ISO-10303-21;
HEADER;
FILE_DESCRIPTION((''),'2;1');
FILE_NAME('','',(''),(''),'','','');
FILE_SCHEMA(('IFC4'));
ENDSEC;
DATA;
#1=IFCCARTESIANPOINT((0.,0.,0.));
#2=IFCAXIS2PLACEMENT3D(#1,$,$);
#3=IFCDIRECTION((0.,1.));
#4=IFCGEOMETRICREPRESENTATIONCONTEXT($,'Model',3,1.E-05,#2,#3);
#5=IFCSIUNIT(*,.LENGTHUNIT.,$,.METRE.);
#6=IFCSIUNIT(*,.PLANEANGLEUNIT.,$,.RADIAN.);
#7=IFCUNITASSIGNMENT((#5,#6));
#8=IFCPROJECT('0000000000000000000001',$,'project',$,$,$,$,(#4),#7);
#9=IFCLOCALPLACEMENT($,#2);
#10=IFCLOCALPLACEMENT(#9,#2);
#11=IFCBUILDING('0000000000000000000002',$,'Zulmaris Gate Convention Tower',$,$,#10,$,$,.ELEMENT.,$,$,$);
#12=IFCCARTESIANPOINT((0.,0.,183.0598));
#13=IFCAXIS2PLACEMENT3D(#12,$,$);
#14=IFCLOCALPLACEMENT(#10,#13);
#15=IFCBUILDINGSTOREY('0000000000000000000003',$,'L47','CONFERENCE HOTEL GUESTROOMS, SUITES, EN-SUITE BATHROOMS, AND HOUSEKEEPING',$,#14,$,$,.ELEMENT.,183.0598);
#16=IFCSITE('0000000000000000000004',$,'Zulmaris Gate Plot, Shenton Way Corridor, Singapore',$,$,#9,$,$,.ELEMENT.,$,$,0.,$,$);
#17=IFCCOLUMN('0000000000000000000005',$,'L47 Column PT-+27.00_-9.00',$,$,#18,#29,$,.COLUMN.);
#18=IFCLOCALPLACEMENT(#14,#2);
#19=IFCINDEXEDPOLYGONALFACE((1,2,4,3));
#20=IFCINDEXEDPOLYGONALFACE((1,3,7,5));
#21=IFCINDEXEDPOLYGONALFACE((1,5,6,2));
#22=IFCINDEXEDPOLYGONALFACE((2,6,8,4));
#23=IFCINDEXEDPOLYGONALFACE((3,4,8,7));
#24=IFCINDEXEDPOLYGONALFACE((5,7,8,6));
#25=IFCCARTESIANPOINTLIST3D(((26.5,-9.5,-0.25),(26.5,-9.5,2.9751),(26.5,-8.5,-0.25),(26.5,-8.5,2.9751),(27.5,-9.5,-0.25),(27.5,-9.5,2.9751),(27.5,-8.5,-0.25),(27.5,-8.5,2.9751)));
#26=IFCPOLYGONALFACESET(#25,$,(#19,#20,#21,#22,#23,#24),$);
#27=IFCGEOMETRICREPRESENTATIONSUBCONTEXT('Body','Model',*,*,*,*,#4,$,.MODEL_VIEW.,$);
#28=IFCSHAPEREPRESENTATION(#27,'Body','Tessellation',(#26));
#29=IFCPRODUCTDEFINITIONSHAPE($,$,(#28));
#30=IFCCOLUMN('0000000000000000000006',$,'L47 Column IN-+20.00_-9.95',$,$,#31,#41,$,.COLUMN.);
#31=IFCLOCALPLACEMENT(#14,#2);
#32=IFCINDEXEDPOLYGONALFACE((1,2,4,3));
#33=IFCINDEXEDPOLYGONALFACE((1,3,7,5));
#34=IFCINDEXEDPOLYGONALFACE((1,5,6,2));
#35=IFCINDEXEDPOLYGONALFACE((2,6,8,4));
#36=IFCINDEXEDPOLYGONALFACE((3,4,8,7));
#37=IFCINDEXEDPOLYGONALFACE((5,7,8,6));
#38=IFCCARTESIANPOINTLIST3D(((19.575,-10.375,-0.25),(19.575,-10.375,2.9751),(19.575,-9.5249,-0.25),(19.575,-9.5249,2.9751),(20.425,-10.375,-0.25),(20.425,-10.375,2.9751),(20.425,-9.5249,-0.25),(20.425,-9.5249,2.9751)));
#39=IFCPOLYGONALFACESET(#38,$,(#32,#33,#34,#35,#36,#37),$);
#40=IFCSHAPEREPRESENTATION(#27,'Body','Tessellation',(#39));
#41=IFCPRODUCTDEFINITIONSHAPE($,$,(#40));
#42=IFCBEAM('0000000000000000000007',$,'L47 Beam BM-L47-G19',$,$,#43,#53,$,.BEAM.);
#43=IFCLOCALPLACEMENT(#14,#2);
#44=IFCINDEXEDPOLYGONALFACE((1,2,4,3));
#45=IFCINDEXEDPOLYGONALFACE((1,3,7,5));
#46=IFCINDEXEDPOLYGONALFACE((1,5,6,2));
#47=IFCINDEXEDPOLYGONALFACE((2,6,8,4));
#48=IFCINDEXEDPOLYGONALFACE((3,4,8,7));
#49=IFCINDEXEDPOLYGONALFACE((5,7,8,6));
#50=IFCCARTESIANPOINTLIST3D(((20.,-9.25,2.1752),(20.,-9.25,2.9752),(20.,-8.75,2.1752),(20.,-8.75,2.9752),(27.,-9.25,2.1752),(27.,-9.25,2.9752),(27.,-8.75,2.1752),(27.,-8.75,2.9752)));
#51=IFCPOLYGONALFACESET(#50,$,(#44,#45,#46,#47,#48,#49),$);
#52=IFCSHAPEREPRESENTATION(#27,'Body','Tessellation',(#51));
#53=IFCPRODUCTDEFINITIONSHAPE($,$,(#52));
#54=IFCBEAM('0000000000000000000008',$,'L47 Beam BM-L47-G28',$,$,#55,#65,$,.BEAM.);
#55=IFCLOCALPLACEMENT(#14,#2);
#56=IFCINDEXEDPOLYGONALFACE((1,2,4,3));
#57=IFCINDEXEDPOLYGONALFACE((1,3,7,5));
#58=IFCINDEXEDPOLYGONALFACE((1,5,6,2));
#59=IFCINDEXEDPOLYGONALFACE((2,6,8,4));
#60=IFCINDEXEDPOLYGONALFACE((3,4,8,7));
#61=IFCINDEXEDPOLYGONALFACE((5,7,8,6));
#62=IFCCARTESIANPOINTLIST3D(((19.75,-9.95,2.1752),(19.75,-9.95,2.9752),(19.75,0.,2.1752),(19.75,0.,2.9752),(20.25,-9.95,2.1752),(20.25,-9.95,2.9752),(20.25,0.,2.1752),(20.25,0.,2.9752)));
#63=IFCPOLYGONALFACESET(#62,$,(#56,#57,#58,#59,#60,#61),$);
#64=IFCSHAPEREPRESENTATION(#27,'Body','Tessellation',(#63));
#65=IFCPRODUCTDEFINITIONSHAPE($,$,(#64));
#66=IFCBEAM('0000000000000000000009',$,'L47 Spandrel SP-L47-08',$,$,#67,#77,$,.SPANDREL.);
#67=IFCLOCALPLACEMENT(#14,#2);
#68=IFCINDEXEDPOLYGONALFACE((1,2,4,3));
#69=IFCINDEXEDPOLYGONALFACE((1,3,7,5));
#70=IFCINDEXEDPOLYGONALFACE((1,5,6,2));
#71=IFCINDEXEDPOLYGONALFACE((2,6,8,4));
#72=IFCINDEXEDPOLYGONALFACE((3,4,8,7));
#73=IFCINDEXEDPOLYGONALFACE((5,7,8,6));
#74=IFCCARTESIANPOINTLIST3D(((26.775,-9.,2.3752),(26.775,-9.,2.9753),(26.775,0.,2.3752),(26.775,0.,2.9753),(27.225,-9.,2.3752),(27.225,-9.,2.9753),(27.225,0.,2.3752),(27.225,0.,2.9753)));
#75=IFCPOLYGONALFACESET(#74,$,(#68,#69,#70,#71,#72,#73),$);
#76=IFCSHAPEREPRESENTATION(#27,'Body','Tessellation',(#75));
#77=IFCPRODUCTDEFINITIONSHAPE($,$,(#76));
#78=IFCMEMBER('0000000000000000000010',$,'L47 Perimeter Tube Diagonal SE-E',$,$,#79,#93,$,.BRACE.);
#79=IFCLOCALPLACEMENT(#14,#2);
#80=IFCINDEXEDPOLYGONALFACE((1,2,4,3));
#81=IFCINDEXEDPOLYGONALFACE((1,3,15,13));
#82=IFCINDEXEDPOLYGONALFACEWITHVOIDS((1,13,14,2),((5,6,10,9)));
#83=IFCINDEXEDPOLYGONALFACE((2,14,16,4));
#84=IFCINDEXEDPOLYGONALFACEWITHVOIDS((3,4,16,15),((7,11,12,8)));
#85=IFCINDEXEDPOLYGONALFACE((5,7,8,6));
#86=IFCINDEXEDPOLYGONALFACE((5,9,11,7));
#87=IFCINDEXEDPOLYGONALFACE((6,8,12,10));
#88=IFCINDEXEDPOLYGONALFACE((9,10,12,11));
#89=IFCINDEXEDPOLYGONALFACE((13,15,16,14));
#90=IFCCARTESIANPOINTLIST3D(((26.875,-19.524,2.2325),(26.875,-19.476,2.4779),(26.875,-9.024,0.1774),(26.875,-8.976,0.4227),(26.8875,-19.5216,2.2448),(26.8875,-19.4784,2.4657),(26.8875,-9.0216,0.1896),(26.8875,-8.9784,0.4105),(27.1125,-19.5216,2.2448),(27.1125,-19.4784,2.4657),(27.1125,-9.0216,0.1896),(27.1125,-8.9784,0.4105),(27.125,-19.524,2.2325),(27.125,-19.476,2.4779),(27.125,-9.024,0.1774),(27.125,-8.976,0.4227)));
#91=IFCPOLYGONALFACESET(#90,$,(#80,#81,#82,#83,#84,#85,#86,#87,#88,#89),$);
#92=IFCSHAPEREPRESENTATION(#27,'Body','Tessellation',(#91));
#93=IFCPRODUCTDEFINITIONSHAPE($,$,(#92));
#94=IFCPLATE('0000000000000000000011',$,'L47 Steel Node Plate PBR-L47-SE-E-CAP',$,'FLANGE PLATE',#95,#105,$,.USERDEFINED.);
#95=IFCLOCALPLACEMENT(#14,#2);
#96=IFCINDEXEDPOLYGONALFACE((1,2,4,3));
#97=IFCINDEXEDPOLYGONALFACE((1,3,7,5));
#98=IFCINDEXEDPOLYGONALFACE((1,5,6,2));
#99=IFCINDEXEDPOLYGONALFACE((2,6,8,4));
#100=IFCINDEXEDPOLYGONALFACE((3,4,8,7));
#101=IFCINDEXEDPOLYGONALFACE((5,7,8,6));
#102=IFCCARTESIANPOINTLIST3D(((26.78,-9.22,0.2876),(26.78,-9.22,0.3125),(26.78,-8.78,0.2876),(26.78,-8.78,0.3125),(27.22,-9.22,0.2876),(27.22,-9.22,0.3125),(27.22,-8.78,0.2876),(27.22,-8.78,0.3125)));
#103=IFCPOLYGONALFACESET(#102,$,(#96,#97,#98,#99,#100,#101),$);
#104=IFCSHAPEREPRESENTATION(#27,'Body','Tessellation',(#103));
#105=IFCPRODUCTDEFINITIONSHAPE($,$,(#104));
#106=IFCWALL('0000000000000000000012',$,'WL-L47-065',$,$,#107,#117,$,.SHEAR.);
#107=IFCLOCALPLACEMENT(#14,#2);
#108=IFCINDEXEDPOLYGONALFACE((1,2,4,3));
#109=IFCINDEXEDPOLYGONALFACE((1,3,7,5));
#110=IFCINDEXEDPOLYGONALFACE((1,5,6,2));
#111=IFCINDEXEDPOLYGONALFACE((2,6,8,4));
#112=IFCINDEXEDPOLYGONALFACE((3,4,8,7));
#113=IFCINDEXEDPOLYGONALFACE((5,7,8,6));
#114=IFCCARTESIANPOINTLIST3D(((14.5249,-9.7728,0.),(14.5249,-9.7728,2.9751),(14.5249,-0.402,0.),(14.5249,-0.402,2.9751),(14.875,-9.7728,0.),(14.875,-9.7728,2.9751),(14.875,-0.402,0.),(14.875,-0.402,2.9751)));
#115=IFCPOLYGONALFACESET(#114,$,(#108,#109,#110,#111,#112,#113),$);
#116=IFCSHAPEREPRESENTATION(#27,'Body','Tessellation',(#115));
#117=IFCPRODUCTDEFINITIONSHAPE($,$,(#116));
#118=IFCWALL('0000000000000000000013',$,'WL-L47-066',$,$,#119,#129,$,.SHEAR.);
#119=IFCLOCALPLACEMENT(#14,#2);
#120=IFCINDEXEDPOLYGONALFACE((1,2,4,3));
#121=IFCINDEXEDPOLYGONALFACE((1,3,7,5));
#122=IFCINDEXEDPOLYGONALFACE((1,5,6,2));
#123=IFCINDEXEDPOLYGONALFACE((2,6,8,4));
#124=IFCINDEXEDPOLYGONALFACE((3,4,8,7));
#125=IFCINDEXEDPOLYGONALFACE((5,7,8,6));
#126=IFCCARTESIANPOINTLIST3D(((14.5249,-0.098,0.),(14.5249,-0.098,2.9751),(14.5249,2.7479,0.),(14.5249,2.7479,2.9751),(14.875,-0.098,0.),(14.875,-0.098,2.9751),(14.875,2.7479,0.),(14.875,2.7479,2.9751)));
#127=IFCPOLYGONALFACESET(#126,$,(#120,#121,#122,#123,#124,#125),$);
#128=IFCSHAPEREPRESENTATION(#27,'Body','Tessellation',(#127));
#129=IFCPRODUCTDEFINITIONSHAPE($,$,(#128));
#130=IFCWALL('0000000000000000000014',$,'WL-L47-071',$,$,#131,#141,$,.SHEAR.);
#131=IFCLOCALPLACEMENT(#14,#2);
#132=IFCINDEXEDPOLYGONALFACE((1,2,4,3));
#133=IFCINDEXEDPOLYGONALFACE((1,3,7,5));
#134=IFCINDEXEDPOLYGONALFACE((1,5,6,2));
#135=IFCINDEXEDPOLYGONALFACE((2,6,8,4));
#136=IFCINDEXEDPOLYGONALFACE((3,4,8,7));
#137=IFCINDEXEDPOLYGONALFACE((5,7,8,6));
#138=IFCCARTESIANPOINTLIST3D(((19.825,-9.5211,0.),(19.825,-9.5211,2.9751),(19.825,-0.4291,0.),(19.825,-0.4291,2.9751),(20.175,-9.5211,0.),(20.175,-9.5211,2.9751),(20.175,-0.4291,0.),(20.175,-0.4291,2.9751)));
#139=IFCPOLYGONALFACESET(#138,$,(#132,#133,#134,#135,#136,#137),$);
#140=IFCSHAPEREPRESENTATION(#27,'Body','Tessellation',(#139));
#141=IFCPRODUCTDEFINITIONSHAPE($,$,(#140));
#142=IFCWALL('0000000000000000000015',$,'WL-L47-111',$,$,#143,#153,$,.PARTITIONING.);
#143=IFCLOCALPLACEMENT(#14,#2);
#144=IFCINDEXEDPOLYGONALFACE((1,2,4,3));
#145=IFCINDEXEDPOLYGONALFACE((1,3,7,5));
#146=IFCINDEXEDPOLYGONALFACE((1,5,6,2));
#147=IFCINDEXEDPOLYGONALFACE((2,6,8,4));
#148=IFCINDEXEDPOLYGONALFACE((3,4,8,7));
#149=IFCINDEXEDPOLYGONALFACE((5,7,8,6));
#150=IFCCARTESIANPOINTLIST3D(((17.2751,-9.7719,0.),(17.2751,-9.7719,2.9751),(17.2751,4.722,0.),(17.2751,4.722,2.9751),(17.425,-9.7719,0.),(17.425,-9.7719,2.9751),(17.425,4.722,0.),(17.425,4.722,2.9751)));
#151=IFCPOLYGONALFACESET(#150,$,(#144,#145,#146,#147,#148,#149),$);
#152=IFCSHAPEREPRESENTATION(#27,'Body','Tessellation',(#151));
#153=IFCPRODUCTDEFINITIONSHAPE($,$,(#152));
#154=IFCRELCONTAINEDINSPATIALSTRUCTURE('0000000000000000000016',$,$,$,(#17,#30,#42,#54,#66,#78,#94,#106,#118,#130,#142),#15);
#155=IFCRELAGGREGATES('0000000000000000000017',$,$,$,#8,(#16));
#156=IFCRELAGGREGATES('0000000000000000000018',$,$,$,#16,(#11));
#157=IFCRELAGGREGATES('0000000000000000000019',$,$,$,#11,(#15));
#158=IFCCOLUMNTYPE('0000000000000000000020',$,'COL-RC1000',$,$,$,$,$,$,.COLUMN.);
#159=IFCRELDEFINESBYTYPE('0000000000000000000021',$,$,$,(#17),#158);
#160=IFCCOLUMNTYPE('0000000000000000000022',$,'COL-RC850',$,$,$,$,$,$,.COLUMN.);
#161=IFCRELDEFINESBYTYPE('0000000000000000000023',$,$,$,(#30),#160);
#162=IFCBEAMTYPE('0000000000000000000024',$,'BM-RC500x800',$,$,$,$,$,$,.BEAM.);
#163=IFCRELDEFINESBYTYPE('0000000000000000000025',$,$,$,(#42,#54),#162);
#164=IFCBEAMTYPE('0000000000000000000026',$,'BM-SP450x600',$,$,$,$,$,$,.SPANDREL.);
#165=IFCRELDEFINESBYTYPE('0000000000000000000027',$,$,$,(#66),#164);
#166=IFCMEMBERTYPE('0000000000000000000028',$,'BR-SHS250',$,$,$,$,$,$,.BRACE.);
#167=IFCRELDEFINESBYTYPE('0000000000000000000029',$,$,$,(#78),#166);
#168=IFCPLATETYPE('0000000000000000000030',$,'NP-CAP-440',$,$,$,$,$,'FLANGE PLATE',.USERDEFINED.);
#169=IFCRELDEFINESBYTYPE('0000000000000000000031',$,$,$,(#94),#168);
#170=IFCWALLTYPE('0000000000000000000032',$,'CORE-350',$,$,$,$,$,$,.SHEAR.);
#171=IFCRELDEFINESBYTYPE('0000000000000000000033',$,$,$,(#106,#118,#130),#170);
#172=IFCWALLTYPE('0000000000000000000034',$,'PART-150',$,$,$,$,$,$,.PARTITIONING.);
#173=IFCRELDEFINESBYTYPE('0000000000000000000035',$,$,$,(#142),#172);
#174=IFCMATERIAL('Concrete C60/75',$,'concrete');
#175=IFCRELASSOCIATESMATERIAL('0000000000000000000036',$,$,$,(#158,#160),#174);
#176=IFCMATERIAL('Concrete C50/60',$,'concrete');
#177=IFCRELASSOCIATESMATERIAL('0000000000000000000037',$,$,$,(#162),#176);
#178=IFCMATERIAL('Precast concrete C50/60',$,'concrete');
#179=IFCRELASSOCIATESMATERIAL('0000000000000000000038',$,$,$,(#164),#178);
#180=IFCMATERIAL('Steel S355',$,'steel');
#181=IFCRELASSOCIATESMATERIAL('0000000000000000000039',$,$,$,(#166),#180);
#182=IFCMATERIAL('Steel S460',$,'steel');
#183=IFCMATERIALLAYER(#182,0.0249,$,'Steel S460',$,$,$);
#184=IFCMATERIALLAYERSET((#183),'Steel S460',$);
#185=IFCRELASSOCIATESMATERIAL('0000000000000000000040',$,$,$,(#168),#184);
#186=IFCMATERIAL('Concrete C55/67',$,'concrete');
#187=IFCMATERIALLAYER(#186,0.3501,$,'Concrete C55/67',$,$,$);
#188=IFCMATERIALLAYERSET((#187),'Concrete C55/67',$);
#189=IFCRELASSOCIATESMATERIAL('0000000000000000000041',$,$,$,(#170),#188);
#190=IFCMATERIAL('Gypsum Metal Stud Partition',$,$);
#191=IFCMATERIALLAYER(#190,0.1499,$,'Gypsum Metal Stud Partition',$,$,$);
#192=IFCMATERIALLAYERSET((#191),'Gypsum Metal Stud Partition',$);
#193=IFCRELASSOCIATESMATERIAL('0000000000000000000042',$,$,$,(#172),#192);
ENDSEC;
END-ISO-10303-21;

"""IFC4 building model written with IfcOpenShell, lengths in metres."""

from ifc_helpers import new_model, si_unit, direction, frame, frame_2d, origin, origin_2d, place, context, subcontext, project, spatial, rectangle, hollow_rectangle, extrude, material, layer, layer_set, material_profile, profile_set, type_object, element, save


model = new_model("IFC4")

# Units and contexts
model_context = context("Model", 3, precision=1e-05, world=origin(), true_north=direction((0.0, 1.0)))
body_context = subcontext(model_context, "Body", "Model", "MODEL_VIEW")
ifc_project = project(units=[si_unit("LENGTHUNIT", "METRE"), si_unit("PLANEANGLEUNIT", "RADIAN")], contexts=[model_context])

# Site, building, storey
site_placement = place(None, origin())
site = spatial("IfcSite", under=ifc_project, at=site_placement, Name="Zulmaris Gate Plot, Shenton Way Corridor, Singapore", CompositionType="ELEMENT", RefElevation=0.0)
building_placement = place(site_placement, origin())
building = spatial("IfcBuilding", under=site, at=building_placement, Name="Zulmaris Gate Convention Tower", CompositionType="ELEMENT")
storey_placement = place(building_placement, frame((0.0, 0.0, 183.0598)))
storey = spatial("IfcBuildingStorey", under=building, at=storey_placement, Name="L47", Description="CONFERENCE HOTEL GUESTROOMS, SUITES, EN-SUITE BATHROOMS, AND HOUSEKEEPING", CompositionType="ELEMENT", Elevation=183.0598)

# Columns
ifc_material_1 = material(Name="Concrete C60/75", Category="concrete")
ifc_material_profile_1 = material_profile(ifc_material_1, rectangle(XDim=1.0, YDim=1.0, at=origin_2d()), Name="RC COL 1000x1000")
ifc_profile_set_1 = profile_set([ifc_material_profile_1], Name="Concrete C60/75")
column_type_1 = type_object("IfcColumnType", Name="COL-RC1000", PredefinedType="COLUMN", material=ifc_profile_set_1)
column_1_placement = place(storey_placement, frame((27.0, -9.0, -0.25), z_axis=(0.0, 0.0, 1.0), x_axis=(1.0, 0.0, 0.0)))
element("IfcColumn", 1, at=column_1_placement, inside=storey, type_object=column_type_1, Name="L47 Column PT-+27.00_-9.00", PredefinedType="COLUMN", context=body_context, shape_type="SweptSolid", body=[
    extrude(rectangle(XDim=1.0, YDim=1.0, at=origin_2d()), origin(), (0.0, 0.0, 1.0), 3.2251),
])
ifc_material_profile_2 = material_profile(ifc_material_1, rectangle(XDim=0.8501, YDim=0.8501, at=origin_2d()), Name="RC COL 850x850")
ifc_profile_set_2 = profile_set([ifc_material_profile_2], Name="Concrete C60/75")
column_type_2 = type_object("IfcColumnType", Name="COL-RC850", PredefinedType="COLUMN", material=ifc_profile_set_2)
column_2_placement = place(storey_placement, frame((20.0, -9.95, -0.25), z_axis=(0.0, 0.0, 1.0), x_axis=(1.0, 0.0, 0.0)))
element("IfcColumn", 2, at=column_2_placement, inside=storey, type_object=column_type_2, Name="L47 Column IN-+20.00_-9.95", PredefinedType="COLUMN", context=body_context, shape_type="SweptSolid", body=[
    extrude(rectangle(XDim=0.8501, YDim=0.8501, at=origin_2d()), origin(), (0.0, 0.0, 1.0), 3.2251),
])

# Beams
ifc_material_2 = material(Name="Concrete C50/60", Category="concrete")
ifc_material_profile_3 = material_profile(ifc_material_2, rectangle(XDim=0.5, YDim=0.8, at=origin_2d()), Name="RC BEAM 500x800")
ifc_profile_set_3 = profile_set([ifc_material_profile_3], Name="Concrete C50/60")
beam_type_1 = type_object("IfcBeamType", Name="BM-RC500x800", PredefinedType="BEAM", material=ifc_profile_set_3)
beam_1_placement = place(storey_placement, frame((20.0, -9.0, 2.5752), z_axis=(1.0, 0.0, 0.0), x_axis=(0.0, 1.0, 0.0)))
element("IfcBeam", 3, at=beam_1_placement, inside=storey, type_object=beam_type_1, Name="L47 Beam BM-L47-G19", PredefinedType="BEAM", context=body_context, shape_type="SweptSolid", body=[
    extrude(rectangle(XDim=0.5, YDim=0.8, at=origin_2d()), origin(), (0.0, 0.0, 1.0), 7.0),
])
beam_2_placement = place(storey_placement, frame((20.0, -9.95, 2.5752), z_axis=(0.0, 1.0, 0.0), x_axis=(-1.0, 0.0, 0.0)))
element("IfcBeam", 4, at=beam_2_placement, inside=storey, type_object=beam_type_1, Name="L47 Beam BM-L47-G28", PredefinedType="BEAM", context=body_context, shape_type="SweptSolid", body=[
    extrude(rectangle(XDim=0.5, YDim=0.8, at=origin_2d()), origin(), (0.0, 0.0, 1.0), 9.95),
])
ifc_material_3 = material(Name="Precast concrete C50/60", Category="concrete")
ifc_material_profile_4 = material_profile(ifc_material_3, rectangle(XDim=0.45, YDim=0.6001, at=origin_2d()), Name="RC SPANDREL 450x600")
ifc_profile_set_4 = profile_set([ifc_material_profile_4], Name="Precast concrete C50/60")
beam_type_2 = type_object("IfcBeamType", Name="BM-SP450x600", PredefinedType="SPANDREL", material=ifc_profile_set_4)
beam_3_placement = place(storey_placement, frame((27.0, -9.0, 2.6753), z_axis=(0.0, 1.0, 0.0), x_axis=(-1.0, 0.0, 0.0)))
element("IfcBeam", 5, at=beam_3_placement, inside=storey, type_object=beam_type_2, Name="L47 Spandrel SP-L47-08", PredefinedType="SPANDREL", context=body_context, shape_type="SweptSolid", body=[
    extrude(rectangle(XDim=0.45, YDim=0.6001, at=origin_2d()), origin(), (0.0, 0.0, 1.0), 9.0),
])

# Member
ifc_material_4 = material(Name="Steel S355", Category="steel")
ifc_material_profile_5 = material_profile(ifc_material_4, hollow_rectangle(XDim=0.25, YDim=0.25, WallThickness=0.0125, at=origin_2d()), Name="SHS 250x250x12.5")
ifc_profile_set_5 = profile_set([ifc_material_profile_5], Name="Steel S355")
member_type = type_object("IfcMemberType", Name="BR-SHS250", PredefinedType="BRACE", material=ifc_profile_set_5)
member_placement = place(storey_placement, frame((27.0, -9.0, 0.3), z_axis=(0.0, -0.981378, 0.192086), x_axis=(1.0, 0.0, 0.0)))
element("IfcMember", 6, at=member_placement, inside=storey, type_object=member_type, Name="L47 Perimeter Tube Diagonal SE-E", PredefinedType="BRACE", context=body_context, shape_type="SweptSolid", body=[
    extrude(hollow_rectangle(XDim=0.25, YDim=0.25, WallThickness=0.0125, at=origin_2d()), origin(), (0.0, 0.0, 1.0), 10.6992),
])

# Plate
ifc_material_5 = material(Name="Steel S460", Category="steel")
ifc_layer_1 = layer(ifc_material_5, 0.0249, Name="Steel S460")
ifc_layer_set_1 = layer_set([ifc_layer_1], Name="Steel S460")
plate_type = type_object("IfcPlateType", Name="NP-CAP-440", ElementType="FLANGE PLATE", PredefinedType="USERDEFINED", material=ifc_layer_set_1)
plate_placement = place(storey_placement, frame((27.0, -9.0, 0.2876), z_axis=(0.0, 0.0, 1.0), x_axis=(1.0, 0.0, 0.0)))
element("IfcPlate", 7, at=plate_placement, inside=storey, type_object=plate_type, Name="L47 Steel Node Plate PBR-L47-SE-E-CAP", ObjectType="FLANGE PLATE", PredefinedType="USERDEFINED", context=body_context, shape_type="SweptSolid", body=[
    extrude(rectangle(XDim=0.4399, YDim=0.4399, at=origin_2d()), origin(), (0.0, 0.0, 1.0), 0.0249),
])

# Walls
ifc_material_6 = material(Name="Concrete C55/67", Category="concrete")
ifc_layer_2 = layer(ifc_material_6, 0.3501, Name="Concrete C55/67")
ifc_layer_set_2 = layer_set([ifc_layer_2], Name="Concrete C55/67")
wall_type_1 = type_object("IfcWallType", Name="CORE-350", PredefinedType="SHEAR", material=ifc_layer_set_2)
wall_1_placement = place(storey_placement, frame((14.7, -9.7729, 0.0), z_axis=(0.0, 0.0, 1.0), x_axis=(0.0, 1.0, 0.0)))
element("IfcWall", 8, at=wall_1_placement, inside=storey, type_object=wall_type_1, Name="WL-L47-065", PredefinedType="SHEAR", context=body_context, shape_type="SweptSolid", body=[
    extrude(rectangle(XDim=9.3708, YDim=0.3501, at=frame_2d((4.6855, 0.0))), origin(), (0.0, 0.0, 1.0), 2.9751),
])
wall_2_placement = place(storey_placement, frame((14.7, -0.0979, 0.0), z_axis=(0.0, 0.0, 1.0), x_axis=(0.0, 1.0, 0.0)))
element("IfcWall", 9, at=wall_2_placement, inside=storey, type_object=wall_type_1, Name="WL-L47-066", PredefinedType="SHEAR", context=body_context, shape_type="SweptSolid", body=[
    extrude(rectangle(XDim=2.8459, YDim=0.3501, at=frame_2d((1.4229, 0.0))), origin(), (0.0, 0.0, 1.0), 2.9751),
])
wall_3_placement = place(storey_placement, frame((20.0, -9.521, 0.0), z_axis=(0.0, 0.0, 1.0), x_axis=(0.0, 1.0, 0.0)))
element("IfcWall", 10, at=wall_3_placement, inside=storey, type_object=wall_type_1, Name="WL-L47-071", PredefinedType="SHEAR", context=body_context, shape_type="SweptSolid", body=[
    extrude(rectangle(XDim=9.092, YDim=0.3501, at=frame_2d((4.5459, 0.0))), origin(), (0.0, 0.0, 1.0), 2.9751),
])
ifc_material_7 = material(Name="Gypsum Metal Stud Partition")
ifc_layer_3 = layer(ifc_material_7, 0.1499, Name="Gypsum Metal Stud Partition")
ifc_layer_set_3 = layer_set([ifc_layer_3], Name="Gypsum Metal Stud Partition")
wall_type_2 = type_object("IfcWallType", Name="PART-150", PredefinedType="PARTITIONING", material=ifc_layer_set_3)
wall_4_placement = place(storey_placement, frame((17.3501, -9.772, 0.0), z_axis=(0.0, 0.0, 1.0), x_axis=(0.0, 1.0, 0.0)))
element("IfcWall", 11, at=wall_4_placement, inside=storey, type_object=wall_type_2, Name="WL-L47-111", PredefinedType="PARTITIONING", context=body_context, shape_type="SweptSolid", body=[
    extrude(rectangle(XDim=14.4939, YDim=0.1499, at=frame_2d((7.2471, 0.0))), origin(), (0.0, 0.0, 1.0), 2.9751),
])

save(model, "model.ifc")
